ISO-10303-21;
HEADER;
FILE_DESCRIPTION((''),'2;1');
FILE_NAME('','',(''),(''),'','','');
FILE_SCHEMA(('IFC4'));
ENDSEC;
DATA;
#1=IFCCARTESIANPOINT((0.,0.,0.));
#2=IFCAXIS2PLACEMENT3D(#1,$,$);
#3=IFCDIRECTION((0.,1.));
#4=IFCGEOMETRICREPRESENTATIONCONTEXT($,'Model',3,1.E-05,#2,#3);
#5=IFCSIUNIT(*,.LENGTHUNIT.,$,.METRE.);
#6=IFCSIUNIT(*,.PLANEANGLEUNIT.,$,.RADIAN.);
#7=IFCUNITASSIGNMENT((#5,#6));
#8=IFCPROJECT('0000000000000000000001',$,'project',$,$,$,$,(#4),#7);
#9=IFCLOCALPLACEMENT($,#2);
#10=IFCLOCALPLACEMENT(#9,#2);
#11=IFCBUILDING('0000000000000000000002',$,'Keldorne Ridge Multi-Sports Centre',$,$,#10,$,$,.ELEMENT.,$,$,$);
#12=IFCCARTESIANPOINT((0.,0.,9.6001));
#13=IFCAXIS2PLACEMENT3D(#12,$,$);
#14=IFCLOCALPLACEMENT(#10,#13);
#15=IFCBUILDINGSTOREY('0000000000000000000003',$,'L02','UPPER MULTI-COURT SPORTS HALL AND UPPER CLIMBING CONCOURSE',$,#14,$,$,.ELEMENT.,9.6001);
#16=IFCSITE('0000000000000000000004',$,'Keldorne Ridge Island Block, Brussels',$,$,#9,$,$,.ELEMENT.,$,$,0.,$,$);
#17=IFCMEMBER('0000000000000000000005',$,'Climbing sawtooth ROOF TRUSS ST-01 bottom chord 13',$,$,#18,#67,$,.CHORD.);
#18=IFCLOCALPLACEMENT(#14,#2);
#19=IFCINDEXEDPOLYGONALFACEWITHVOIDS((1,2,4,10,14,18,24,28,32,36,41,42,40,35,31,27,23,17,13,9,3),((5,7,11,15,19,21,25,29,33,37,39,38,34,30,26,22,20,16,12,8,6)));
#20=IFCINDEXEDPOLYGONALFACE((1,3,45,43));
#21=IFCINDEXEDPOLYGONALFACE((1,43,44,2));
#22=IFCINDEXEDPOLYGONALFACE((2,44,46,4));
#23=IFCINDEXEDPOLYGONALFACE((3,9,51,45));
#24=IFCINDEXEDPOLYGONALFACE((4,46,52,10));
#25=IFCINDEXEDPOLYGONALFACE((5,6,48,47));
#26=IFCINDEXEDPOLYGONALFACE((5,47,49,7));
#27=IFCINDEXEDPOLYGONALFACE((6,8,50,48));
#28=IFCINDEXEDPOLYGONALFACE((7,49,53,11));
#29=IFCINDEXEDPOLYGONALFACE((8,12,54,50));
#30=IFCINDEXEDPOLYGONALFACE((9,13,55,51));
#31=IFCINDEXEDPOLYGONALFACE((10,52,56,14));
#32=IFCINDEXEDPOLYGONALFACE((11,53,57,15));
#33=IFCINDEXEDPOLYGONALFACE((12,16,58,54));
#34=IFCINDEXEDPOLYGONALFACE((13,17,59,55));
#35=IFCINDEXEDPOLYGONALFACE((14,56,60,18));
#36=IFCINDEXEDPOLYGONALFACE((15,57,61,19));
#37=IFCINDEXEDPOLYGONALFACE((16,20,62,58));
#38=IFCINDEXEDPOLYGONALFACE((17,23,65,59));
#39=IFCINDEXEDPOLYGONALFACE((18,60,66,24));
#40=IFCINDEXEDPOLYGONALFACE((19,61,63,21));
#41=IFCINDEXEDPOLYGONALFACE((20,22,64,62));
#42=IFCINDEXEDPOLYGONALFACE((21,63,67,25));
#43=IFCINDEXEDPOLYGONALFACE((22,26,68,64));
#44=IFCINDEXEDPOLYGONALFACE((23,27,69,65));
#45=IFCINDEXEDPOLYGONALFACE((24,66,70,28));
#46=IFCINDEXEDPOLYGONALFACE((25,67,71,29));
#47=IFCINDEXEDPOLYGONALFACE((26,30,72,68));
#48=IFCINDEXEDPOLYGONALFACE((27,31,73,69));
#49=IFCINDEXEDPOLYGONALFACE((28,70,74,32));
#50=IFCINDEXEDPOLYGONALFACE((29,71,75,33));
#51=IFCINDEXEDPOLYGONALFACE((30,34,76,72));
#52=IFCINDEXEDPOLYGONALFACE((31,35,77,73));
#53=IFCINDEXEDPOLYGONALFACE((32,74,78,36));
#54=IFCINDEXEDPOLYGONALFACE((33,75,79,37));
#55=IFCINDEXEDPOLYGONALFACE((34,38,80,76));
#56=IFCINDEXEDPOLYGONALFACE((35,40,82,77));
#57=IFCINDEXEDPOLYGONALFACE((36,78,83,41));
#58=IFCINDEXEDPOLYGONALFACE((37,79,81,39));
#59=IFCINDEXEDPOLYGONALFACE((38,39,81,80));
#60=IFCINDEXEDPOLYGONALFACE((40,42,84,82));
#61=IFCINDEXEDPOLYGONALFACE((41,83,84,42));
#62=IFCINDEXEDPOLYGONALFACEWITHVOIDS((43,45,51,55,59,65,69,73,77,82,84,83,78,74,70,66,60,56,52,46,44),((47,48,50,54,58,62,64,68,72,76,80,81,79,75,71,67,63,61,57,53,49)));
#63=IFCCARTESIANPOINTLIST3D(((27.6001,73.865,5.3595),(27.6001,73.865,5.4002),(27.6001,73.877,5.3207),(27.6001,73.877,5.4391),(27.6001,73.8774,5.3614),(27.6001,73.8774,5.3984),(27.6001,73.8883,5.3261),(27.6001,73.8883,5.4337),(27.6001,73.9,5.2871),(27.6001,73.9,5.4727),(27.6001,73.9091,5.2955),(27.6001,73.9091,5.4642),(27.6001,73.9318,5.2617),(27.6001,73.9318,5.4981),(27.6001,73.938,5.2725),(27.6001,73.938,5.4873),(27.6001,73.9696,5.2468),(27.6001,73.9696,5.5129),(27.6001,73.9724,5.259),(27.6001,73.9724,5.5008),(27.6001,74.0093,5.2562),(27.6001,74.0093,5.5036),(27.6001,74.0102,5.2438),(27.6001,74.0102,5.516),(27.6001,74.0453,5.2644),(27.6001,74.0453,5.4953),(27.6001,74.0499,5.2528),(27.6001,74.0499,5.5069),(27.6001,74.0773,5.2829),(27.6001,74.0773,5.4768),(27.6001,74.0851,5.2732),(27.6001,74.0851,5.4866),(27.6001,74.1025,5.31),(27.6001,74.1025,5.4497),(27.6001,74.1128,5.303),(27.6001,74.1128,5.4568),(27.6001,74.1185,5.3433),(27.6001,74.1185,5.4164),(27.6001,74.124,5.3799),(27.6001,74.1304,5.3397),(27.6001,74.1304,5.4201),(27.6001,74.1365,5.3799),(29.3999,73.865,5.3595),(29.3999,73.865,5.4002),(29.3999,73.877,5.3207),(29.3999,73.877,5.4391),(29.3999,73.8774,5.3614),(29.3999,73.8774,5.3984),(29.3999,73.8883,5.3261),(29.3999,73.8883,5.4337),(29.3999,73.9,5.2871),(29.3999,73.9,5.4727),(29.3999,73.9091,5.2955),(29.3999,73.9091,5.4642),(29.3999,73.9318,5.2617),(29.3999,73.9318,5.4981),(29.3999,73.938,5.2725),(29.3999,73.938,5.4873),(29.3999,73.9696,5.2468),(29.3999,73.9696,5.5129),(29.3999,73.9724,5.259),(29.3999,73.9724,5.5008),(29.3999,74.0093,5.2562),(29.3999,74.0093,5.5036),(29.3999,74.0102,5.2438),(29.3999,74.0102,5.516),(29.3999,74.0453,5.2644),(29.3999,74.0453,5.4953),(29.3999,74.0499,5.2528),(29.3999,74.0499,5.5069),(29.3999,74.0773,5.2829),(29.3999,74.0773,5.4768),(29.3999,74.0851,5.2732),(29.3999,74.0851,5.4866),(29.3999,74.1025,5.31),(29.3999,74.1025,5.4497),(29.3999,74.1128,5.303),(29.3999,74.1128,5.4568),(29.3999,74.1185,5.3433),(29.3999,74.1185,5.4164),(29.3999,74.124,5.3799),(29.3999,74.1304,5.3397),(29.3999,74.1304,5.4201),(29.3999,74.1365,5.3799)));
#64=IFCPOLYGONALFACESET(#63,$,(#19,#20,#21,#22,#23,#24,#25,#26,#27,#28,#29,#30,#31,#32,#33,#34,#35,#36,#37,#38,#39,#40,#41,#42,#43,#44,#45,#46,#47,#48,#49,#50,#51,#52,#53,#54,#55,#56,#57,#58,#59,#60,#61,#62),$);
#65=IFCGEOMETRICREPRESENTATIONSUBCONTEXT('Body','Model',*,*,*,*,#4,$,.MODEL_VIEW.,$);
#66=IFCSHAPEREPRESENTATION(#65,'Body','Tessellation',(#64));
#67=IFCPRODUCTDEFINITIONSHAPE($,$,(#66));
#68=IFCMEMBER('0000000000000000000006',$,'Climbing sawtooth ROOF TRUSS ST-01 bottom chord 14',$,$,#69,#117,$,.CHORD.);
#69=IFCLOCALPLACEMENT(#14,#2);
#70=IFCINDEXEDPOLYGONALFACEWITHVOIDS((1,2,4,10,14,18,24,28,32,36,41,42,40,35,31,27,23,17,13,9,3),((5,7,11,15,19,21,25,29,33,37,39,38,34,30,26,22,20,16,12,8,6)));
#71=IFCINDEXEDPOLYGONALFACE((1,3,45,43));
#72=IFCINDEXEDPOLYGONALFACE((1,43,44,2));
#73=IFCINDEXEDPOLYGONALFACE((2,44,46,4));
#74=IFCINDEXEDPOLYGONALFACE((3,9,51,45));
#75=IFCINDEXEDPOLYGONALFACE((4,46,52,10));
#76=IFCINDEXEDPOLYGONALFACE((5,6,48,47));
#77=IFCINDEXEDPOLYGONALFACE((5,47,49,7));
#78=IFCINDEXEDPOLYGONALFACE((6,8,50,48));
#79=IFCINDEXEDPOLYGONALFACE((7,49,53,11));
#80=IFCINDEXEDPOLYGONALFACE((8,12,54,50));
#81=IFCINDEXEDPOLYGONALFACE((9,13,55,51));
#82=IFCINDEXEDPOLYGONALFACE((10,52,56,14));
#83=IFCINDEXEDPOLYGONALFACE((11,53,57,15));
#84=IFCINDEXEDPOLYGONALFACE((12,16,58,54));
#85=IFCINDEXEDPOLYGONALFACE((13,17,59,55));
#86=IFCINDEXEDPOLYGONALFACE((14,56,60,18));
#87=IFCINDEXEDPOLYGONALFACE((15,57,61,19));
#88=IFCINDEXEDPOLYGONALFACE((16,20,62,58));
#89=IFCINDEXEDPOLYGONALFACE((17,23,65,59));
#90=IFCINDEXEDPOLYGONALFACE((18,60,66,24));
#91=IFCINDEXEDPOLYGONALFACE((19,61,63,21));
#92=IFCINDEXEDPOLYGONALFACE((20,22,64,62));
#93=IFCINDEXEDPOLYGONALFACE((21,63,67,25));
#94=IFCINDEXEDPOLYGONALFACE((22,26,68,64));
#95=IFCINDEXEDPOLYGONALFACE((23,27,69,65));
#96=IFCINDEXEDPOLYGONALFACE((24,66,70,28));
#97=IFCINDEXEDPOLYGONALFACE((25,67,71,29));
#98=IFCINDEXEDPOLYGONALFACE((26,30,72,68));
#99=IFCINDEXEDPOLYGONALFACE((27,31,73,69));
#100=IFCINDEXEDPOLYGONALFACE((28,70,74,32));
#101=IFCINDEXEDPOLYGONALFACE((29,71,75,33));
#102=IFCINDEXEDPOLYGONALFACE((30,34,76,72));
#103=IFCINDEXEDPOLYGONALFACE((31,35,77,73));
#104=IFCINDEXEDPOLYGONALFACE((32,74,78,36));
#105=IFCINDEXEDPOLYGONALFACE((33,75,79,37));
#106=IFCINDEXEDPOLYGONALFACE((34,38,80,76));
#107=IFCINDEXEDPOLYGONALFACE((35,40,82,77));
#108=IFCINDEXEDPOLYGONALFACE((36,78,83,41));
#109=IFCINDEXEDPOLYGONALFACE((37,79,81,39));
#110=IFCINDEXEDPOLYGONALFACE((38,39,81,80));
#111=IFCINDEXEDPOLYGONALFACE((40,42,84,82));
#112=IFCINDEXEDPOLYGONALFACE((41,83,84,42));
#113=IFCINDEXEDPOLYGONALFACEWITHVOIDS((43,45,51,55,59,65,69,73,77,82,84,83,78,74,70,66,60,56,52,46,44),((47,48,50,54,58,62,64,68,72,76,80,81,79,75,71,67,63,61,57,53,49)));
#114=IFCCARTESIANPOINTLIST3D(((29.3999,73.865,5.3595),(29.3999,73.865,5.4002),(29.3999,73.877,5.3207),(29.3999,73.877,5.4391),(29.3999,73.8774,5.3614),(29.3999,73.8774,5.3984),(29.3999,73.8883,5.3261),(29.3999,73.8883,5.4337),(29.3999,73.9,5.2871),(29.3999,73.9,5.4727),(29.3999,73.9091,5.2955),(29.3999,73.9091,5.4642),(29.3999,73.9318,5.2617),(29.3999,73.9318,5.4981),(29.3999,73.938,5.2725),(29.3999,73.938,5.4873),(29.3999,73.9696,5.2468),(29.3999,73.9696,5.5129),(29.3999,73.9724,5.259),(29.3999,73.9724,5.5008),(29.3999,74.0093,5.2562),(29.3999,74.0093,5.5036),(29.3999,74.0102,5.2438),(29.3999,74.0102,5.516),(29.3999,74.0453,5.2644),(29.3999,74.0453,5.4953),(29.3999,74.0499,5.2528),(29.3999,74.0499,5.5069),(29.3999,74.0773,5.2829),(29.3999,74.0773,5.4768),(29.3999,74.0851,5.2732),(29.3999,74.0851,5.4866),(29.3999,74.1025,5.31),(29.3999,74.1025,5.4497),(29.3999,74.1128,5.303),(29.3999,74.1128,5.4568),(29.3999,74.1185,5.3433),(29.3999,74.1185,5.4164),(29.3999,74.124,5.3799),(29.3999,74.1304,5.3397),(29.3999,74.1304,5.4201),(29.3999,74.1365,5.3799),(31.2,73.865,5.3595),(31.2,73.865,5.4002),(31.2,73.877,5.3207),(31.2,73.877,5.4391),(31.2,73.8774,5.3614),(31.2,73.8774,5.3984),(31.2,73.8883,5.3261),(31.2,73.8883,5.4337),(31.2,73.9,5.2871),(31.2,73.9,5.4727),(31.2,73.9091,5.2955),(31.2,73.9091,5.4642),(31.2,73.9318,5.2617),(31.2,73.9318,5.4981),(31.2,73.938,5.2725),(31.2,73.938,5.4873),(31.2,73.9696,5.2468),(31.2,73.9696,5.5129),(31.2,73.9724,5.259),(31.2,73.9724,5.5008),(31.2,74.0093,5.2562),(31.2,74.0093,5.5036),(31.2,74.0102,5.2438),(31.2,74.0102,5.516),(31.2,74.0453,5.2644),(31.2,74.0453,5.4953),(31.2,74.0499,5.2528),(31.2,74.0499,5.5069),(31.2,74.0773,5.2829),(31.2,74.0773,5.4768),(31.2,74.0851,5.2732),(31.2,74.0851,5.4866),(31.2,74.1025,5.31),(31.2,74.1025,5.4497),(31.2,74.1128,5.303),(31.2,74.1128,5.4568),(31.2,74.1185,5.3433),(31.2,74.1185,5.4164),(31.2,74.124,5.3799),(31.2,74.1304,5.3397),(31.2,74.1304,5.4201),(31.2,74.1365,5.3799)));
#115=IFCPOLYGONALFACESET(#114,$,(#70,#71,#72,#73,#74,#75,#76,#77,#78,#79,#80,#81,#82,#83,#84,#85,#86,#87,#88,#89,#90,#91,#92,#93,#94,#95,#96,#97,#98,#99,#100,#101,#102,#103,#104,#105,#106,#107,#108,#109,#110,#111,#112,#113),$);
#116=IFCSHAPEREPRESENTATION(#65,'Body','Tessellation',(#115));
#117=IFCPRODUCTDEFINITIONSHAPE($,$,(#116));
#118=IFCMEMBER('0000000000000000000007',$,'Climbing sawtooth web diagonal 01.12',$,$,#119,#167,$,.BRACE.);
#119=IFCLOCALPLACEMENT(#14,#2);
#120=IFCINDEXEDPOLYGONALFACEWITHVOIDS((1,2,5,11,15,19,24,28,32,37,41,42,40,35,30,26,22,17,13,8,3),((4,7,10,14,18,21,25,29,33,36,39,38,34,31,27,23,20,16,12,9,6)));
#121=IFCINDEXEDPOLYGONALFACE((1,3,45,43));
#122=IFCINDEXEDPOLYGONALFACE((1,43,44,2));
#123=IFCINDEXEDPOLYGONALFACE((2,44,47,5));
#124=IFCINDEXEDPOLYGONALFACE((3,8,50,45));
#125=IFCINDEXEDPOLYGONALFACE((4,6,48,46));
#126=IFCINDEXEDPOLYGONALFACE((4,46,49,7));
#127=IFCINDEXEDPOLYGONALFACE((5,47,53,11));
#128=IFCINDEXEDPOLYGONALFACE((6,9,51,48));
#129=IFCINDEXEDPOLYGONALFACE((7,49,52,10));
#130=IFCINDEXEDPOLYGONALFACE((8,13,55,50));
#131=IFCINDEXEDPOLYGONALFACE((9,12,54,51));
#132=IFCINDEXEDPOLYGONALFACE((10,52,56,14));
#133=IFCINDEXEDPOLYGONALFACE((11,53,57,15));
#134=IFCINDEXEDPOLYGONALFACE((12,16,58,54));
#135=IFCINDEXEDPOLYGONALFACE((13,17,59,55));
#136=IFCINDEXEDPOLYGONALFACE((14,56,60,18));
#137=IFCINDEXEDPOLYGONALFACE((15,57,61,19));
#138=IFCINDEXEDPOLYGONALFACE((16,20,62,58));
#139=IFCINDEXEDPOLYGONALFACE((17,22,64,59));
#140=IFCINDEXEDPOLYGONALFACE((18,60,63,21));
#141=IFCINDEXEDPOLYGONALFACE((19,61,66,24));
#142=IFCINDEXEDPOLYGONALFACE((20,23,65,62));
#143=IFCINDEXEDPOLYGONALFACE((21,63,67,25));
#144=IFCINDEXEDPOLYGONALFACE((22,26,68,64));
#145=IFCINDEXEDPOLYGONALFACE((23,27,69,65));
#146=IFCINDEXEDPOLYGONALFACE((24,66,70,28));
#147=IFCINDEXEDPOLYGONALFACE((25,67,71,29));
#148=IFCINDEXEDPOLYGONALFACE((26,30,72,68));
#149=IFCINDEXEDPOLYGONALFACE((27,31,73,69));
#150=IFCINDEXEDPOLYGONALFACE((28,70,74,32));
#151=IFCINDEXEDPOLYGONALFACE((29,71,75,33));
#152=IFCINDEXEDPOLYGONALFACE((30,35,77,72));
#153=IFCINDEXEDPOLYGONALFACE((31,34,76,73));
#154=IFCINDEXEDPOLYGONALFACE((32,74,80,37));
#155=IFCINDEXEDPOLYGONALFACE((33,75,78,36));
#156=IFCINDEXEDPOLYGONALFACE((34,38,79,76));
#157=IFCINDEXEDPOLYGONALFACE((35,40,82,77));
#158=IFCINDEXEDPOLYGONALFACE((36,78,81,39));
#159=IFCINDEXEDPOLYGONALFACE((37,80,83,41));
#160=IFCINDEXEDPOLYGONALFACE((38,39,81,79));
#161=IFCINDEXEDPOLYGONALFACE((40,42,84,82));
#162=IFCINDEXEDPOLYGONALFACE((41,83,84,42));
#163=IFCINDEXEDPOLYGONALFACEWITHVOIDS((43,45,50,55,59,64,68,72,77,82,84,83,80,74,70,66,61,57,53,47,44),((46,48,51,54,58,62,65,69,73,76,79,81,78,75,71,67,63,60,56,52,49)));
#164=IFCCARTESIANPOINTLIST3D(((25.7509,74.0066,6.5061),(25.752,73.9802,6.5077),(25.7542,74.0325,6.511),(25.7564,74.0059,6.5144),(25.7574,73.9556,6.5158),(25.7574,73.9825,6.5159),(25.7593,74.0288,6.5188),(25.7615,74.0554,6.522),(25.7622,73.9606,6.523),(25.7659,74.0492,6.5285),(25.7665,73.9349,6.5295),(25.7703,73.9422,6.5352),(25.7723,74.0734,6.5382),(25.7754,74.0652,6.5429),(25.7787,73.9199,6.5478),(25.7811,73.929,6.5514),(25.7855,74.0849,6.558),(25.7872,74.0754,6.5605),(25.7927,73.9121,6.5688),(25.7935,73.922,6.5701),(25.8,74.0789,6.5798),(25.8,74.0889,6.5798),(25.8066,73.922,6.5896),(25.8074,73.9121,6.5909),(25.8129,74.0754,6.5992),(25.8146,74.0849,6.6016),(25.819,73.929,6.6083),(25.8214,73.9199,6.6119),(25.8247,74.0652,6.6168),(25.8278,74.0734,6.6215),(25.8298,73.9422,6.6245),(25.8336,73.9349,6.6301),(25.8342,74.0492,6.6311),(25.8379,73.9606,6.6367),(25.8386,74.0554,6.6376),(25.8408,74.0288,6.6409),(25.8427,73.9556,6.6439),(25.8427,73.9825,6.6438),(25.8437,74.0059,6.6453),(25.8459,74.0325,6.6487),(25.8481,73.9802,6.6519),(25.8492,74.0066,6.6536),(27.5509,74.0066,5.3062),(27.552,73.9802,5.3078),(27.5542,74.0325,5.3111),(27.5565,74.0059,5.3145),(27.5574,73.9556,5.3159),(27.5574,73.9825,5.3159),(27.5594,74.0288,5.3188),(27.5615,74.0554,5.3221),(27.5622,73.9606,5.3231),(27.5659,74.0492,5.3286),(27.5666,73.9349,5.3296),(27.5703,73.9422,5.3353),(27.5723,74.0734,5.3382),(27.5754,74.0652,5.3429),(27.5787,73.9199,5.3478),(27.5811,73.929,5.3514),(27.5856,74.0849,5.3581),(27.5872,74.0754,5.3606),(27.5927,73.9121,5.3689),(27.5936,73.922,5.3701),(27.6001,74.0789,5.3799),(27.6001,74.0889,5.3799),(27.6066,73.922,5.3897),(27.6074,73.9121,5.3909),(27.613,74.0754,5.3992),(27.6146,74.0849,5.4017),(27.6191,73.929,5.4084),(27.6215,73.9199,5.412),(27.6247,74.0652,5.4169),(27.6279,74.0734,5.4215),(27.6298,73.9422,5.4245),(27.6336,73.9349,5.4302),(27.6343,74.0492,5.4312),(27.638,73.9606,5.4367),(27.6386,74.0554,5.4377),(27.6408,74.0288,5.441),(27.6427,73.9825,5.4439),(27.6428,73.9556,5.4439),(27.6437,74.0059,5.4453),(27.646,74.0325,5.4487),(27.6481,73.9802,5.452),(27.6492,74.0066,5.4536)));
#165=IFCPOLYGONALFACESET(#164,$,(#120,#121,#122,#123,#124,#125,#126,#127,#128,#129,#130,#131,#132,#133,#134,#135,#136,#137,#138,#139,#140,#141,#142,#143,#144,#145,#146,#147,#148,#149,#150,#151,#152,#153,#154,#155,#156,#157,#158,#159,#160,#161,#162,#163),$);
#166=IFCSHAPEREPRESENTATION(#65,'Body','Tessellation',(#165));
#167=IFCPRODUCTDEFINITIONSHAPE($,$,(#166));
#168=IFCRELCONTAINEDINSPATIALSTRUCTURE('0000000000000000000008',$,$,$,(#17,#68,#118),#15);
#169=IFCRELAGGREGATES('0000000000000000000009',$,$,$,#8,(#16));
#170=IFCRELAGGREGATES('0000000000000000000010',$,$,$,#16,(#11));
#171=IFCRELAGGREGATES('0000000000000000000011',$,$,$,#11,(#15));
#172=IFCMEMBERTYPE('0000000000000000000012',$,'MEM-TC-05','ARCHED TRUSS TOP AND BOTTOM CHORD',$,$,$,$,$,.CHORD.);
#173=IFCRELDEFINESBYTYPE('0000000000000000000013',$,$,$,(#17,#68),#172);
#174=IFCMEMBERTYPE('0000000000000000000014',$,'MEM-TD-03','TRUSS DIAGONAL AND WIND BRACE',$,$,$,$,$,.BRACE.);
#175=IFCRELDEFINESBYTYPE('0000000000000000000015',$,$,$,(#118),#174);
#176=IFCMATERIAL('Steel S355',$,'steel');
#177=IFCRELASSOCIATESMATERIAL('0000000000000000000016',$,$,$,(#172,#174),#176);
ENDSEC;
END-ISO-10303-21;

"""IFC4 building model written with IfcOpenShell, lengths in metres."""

from ifc_helpers import new_model, si_unit, direction, frame, origin, origin_2d, place, context, subcontext, project, spatial, hollow_circle, extrude, material, material_profile, profile_set, type_object, element, save


model = new_model("IFC4")

# Units and contexts
model_context = context("Model", 3, precision=1e-05, world=origin(), true_north=direction((0.0, 1.0)))
body_context = subcontext(model_context, "Body", "Model", "MODEL_VIEW")
ifc_project = project(units=[si_unit("LENGTHUNIT", "METRE"), si_unit("PLANEANGLEUNIT", "RADIAN")], contexts=[model_context])

# Site, building, storey
site_placement = place(None, origin())
site = spatial("IfcSite", under=ifc_project, at=site_placement, Name="Keldorne Ridge Island Block, Brussels", CompositionType="ELEMENT", RefElevation=0.0)
building_placement = place(site_placement, origin())
building = spatial("IfcBuilding", under=site, at=building_placement, Name="Keldorne Ridge Multi-Sports Centre", CompositionType="ELEMENT")
storey_placement = place(building_placement, frame((0.0, 0.0, 9.6001)))
storey = spatial("IfcBuildingStorey", under=building, at=storey_placement, Name="L02", Description="UPPER MULTI-COURT SPORTS HALL AND UPPER CLIMBING CONCOURSE", CompositionType="ELEMENT", Elevation=9.6001)

# Shared definitions
ifc_material_1 = material(Name="Steel S355", Category="steel")

# Members
ifc_material_profile_1 = material_profile(ifc_material_1, hollow_circle(Radius=0.1365, WallThickness=0.0125, at=origin_2d()), Name="CHS 273x12.5")
ifc_profile_set_1 = profile_set([ifc_material_profile_1], Name="Steel S355")
member_type_1 = type_object("IfcMemberType", Name="MEM-TC-05", Description="ARCHED TRUSS TOP AND BOTTOM CHORD", PredefinedType="CHORD", material=ifc_profile_set_1)
member_1_placement = place(storey_placement, frame((27.6001, 74.0, 5.3799), z_axis=(1.0, 0.0, 0.0), x_axis=(0.0, 1.0, 0.0)))
element("IfcMember", 1, at=member_1_placement, inside=storey, type_object=member_type_1, Name="Climbing sawtooth ROOF TRUSS ST-01 bottom chord 13", PredefinedType="CHORD", context=body_context, shape_type="SweptSolid", body=[
    extrude(hollow_circle(Radius=0.1365, WallThickness=0.0125, at=origin_2d()), origin(), (0.0, 0.0, 1.0), 1.7998),
])
member_2_placement = place(storey_placement, frame((29.3999, 74.0, 5.3799), z_axis=(1.0, 0.0, 0.0), x_axis=(0.0, 1.0, 0.0)))
element("IfcMember", 2, at=member_2_placement, inside=storey, type_object=member_type_1, Name="Climbing sawtooth ROOF TRUSS ST-01 bottom chord 14", PredefinedType="CHORD", context=body_context, shape_type="SweptSolid", body=[
    extrude(hollow_circle(Radius=0.1365, WallThickness=0.0125, at=origin_2d()), origin(), (0.0, 0.0, 1.0), 1.8),
])
ifc_material_profile_2 = material_profile(ifc_material_1, hollow_circle(Radius=0.0889, WallThickness=0.01, at=origin_2d()), Name="CHS 177.8x10")
ifc_profile_set_2 = profile_set([ifc_material_profile_2], Name="Steel S355")
member_type_2 = type_object("IfcMemberType", Name="MEM-TD-03", Description="TRUSS DIAGONAL AND WIND BRACE", PredefinedType="BRACE", material=ifc_profile_set_2)
member_3_placement = place(storey_placement, frame((25.8, 74.0, 6.5798), z_axis=(0.832068, 0.0, -0.554674), x_axis=(0.0, 1.0, 0.0)))
element("IfcMember", 3, at=member_3_placement, inside=storey, type_object=member_type_2, Name="Climbing sawtooth web diagonal 01.12", PredefinedType="BRACE", context=body_context, shape_type="SweptSolid", body=[
    extrude(hollow_circle(Radius=0.0889, WallThickness=0.01, at=origin_2d()), origin(), (0.0, 0.0, 1.0), 2.1633),
])

save(model, "model.ifc")
